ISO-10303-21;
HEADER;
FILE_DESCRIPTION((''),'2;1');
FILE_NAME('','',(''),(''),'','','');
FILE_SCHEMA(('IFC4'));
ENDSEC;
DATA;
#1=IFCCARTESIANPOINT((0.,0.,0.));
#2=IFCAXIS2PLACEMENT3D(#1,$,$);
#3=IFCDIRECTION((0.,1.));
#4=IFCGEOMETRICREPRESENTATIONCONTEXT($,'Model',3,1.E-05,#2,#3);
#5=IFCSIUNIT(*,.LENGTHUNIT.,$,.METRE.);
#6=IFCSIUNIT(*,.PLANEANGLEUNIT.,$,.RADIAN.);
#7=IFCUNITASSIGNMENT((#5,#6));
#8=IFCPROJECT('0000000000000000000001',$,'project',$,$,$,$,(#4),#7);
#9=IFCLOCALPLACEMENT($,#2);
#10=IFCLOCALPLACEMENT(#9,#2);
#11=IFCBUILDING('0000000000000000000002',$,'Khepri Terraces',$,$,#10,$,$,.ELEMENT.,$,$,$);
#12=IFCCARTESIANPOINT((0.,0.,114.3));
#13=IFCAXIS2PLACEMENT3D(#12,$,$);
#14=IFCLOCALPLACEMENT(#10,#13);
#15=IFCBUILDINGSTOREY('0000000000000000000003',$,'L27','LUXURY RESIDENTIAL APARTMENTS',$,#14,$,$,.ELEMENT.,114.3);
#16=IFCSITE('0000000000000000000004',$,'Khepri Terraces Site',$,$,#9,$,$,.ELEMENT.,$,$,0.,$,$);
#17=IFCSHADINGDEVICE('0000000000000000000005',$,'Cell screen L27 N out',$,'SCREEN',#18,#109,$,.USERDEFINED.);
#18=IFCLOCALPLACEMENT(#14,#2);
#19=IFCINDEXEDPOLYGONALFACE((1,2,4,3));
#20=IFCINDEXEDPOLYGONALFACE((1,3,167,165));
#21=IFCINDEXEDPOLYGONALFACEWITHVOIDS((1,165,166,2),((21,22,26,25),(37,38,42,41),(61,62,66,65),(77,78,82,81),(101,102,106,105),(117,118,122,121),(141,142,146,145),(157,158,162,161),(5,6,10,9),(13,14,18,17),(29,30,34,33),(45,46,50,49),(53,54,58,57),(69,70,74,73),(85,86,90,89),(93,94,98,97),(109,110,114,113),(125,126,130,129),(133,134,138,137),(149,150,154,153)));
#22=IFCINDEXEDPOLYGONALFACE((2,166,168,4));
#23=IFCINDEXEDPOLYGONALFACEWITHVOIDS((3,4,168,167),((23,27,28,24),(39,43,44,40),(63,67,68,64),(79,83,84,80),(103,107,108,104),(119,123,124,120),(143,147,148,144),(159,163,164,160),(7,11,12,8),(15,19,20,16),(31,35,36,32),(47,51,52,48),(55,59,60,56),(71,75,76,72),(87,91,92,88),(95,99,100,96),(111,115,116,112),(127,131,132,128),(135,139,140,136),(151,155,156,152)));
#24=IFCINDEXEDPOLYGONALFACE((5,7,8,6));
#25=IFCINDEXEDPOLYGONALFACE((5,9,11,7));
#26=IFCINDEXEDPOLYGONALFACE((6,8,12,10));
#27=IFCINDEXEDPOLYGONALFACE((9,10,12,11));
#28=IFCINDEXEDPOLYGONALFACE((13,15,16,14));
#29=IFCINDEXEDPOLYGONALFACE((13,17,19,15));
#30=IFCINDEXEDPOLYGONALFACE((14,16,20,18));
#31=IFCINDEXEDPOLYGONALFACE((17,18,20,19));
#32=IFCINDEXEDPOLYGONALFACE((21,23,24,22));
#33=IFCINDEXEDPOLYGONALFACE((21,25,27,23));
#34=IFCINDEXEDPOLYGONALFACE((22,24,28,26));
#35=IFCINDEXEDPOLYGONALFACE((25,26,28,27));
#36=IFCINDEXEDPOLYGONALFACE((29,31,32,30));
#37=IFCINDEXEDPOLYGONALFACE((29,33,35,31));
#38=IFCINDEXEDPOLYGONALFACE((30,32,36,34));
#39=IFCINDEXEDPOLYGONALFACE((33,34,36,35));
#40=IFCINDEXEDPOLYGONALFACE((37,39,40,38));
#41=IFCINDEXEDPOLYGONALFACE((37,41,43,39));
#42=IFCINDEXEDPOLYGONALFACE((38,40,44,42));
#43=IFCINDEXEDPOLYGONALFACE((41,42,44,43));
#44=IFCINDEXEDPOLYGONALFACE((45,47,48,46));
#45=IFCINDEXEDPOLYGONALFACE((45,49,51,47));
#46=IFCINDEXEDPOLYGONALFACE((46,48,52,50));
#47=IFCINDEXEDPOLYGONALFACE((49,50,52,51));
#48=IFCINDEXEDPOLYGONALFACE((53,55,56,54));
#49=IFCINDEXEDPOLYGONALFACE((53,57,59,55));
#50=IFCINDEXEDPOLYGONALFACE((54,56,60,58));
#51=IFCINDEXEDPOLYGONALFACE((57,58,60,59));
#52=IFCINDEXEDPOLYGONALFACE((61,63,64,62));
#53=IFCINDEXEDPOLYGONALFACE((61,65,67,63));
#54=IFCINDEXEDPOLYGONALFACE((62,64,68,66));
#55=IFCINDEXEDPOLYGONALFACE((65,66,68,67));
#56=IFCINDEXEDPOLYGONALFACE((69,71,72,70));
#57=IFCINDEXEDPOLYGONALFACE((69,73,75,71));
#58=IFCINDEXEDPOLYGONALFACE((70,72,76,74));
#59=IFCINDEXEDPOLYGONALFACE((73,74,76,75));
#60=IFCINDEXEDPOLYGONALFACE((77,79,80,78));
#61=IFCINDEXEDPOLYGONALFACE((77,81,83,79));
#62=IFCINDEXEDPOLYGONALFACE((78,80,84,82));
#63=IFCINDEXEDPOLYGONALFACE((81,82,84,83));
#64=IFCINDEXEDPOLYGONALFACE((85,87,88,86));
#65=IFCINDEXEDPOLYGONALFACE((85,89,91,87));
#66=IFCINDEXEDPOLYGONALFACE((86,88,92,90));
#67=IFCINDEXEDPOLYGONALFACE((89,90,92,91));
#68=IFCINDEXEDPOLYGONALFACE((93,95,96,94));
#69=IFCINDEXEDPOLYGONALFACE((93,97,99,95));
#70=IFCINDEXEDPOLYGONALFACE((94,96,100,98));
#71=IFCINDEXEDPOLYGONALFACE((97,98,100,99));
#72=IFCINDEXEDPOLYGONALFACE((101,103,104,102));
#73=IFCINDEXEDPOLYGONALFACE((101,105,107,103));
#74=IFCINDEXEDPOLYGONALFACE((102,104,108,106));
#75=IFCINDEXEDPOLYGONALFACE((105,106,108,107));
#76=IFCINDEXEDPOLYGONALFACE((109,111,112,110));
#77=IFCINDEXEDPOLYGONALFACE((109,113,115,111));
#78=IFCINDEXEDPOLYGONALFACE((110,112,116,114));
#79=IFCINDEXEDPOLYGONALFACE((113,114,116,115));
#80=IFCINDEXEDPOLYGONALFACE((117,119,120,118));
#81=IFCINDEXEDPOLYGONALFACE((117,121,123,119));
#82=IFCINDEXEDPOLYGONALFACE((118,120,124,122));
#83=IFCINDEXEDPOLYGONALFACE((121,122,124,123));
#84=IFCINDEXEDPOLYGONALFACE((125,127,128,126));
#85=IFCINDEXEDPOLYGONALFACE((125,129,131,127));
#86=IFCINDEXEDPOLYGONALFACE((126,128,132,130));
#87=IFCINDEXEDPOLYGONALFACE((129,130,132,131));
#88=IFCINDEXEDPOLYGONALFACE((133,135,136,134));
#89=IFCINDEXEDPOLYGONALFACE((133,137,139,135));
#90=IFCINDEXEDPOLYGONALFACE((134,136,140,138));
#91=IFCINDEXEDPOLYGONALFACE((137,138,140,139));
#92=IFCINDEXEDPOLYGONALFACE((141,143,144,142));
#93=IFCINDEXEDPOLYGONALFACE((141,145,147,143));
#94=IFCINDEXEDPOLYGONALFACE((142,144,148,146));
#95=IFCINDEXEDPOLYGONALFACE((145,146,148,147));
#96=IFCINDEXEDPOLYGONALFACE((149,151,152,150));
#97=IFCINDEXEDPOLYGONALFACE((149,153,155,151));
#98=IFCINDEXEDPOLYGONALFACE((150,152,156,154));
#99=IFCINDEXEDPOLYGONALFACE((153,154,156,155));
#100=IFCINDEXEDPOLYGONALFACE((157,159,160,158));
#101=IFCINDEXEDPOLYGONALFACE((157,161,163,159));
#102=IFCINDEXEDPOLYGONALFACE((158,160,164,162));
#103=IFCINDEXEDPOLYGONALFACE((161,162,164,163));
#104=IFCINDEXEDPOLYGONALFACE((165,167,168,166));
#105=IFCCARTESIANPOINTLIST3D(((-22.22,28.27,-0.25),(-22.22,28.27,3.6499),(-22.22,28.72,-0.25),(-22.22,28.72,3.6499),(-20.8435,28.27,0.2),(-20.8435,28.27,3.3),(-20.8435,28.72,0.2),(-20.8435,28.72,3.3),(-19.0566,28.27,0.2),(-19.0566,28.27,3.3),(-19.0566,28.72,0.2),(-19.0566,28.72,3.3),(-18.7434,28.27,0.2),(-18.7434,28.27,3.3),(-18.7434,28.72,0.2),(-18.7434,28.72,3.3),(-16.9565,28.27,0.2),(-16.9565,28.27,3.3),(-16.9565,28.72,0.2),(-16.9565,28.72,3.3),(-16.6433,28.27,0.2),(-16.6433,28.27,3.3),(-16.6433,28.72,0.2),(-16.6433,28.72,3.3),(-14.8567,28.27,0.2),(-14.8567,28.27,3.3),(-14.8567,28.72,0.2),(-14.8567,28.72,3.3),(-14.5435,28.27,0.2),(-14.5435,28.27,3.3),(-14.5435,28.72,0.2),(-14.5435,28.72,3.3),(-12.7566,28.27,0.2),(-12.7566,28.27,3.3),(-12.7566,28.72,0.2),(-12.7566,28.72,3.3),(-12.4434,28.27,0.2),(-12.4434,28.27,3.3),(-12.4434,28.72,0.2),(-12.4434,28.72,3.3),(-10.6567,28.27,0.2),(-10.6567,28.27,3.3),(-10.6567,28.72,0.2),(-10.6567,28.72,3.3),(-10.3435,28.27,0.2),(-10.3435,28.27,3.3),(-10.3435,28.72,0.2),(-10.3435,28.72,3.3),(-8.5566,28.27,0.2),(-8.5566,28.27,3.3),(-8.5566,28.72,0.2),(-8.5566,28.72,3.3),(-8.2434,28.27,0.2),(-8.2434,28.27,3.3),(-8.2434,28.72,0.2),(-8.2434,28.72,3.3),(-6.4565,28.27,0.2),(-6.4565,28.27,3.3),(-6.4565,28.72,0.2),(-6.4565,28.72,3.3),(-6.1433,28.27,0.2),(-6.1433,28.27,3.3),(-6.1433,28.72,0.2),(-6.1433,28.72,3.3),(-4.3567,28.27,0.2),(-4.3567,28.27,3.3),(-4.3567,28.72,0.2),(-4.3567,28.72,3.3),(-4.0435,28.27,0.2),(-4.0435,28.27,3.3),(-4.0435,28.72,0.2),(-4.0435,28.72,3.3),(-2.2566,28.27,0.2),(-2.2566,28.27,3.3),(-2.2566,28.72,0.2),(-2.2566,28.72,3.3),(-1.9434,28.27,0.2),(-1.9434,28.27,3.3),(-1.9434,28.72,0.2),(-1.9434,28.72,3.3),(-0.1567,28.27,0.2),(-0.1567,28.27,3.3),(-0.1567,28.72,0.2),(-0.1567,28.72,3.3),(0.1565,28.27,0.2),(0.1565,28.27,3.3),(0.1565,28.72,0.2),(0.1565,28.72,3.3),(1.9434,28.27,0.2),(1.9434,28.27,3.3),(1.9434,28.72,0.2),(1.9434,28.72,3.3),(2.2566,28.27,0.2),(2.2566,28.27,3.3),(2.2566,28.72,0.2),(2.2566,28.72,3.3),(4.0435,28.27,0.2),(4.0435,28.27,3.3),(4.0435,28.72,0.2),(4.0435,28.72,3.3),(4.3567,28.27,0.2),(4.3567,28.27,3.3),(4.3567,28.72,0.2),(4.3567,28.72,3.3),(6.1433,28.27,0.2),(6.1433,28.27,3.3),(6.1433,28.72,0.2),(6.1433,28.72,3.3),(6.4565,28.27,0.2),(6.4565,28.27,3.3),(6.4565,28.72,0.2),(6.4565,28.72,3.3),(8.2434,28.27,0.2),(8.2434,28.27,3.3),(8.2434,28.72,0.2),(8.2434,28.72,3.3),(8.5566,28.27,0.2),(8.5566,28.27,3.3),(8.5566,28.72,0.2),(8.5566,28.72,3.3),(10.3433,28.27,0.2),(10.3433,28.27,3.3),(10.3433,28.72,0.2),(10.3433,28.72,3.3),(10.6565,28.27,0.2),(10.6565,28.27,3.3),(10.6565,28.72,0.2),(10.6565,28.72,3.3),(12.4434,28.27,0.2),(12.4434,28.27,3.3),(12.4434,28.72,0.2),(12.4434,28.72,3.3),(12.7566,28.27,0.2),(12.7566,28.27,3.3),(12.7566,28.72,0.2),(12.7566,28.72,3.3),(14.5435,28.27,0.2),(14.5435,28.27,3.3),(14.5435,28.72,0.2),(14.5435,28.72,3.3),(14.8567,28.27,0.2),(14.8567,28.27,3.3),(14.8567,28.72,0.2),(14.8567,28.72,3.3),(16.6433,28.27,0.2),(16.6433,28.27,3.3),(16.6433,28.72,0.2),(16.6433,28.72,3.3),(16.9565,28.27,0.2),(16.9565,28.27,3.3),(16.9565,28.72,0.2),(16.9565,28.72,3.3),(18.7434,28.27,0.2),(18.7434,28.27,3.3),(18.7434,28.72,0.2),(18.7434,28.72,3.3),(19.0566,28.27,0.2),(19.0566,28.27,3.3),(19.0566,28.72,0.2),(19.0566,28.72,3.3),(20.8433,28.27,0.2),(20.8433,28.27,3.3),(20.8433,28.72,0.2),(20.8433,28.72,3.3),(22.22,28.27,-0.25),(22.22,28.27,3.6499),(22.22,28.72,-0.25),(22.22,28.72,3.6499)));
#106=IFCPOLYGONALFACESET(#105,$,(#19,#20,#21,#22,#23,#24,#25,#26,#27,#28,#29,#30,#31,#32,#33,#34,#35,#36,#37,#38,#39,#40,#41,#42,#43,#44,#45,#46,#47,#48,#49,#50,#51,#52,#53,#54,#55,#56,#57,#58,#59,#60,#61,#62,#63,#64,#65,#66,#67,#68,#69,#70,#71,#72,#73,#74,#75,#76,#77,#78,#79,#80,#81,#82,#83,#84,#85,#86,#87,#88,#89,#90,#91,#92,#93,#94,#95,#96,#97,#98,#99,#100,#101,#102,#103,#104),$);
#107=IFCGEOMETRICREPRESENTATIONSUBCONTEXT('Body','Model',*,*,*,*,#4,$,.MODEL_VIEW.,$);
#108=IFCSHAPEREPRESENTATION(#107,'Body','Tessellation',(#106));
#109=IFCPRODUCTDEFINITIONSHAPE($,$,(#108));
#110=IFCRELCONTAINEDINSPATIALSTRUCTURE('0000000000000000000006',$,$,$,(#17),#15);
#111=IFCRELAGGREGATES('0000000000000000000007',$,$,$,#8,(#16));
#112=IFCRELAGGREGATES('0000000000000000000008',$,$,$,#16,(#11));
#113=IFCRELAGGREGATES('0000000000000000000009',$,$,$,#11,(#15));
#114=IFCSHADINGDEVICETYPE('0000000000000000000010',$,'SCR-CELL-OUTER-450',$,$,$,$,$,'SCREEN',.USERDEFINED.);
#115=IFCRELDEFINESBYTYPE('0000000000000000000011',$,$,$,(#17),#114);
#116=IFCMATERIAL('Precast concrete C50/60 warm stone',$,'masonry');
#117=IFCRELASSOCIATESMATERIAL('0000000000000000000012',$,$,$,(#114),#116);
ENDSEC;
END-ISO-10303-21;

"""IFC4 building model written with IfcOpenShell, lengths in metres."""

from ifc_helpers import new_model, si_unit, direction, frame, origin, place, context, subcontext, project, spatial, polyline, outline, extrude, material, type_object, element, save


model = new_model("IFC4")

# Units and contexts
model_context = context("Model", 3, precision=1e-05, world=origin(), true_north=direction((0.0, 1.0)))
body_context = subcontext(model_context, "Body", "Model", "MODEL_VIEW")
ifc_project = project(units=[si_unit("LENGTHUNIT", "METRE"), si_unit("PLANEANGLEUNIT", "RADIAN")], contexts=[model_context])

# Site, building, storey
site_placement = place(None, origin())
site = spatial("IfcSite", under=ifc_project, at=site_placement, Name="Khepri Terraces Site", CompositionType="ELEMENT", RefElevation=0.0)
building_placement = place(site_placement, origin())
building = spatial("IfcBuilding", under=site, at=building_placement, Name="Khepri Terraces", CompositionType="ELEMENT")
storey_placement = place(building_placement, frame((0.0, 0.0, 114.3)))
storey = spatial("IfcBuildingStorey", under=building, at=storey_placement, Name="L27", Description="LUXURY RESIDENTIAL APARTMENTS", CompositionType="ELEMENT", Elevation=114.3)

# Shared definitions
ifc_material_1 = material(Name="Precast concrete C50/60 warm stone", Category="masonry")

# Shading device
shading_device_type_1 = type_object("IfcShadingDeviceType", Name="SCR-CELL-OUTER-450", ElementType="SCREEN", PredefinedType="USERDEFINED", material=ifc_material_1)
shading_device_1_placement = place(storey_placement, frame((22.22, 28.27, -0.25), z_axis=(0.0, 1.0, 0.0), x_axis=(-1.0, 0.0, 0.0)))
element("IfcShadingDevice", 1, at=shading_device_1_placement, inside=storey, type_object=shading_device_type_1, Name="Cell screen L27 N out", ObjectType="SCREEN", PredefinedType="USERDEFINED", context=body_context, shape_type="SweptSolid", body=[
    extrude(outline(polyline([(0.0, 0.0), (44.4399, 0.0), (44.4399, 3.8999), (0.0, 3.8999), (0.0, 0.0)]), holes=[polyline([(1.3767, 0.45), (3.1633, 0.45), (3.1633, 3.55), (1.3767, 3.55), (1.3767, 0.45)]), polyline([(3.4766, 0.45), (5.2634, 0.45), (5.2634, 3.55), (3.4766, 3.55), (3.4766, 0.45)]), polyline([(5.5767, 0.45), (7.3633, 0.45), (7.3633, 3.55), (5.5767, 3.55), (5.5767, 0.45)]), polyline([(7.6765, 0.45), (9.4634, 0.45), (9.4634, 3.55), (7.6765, 3.55), (7.6765, 0.45)]), polyline([(9.7766, 0.45), (11.5635, 0.45), (11.5635, 3.55), (9.7766, 3.55), (9.7766, 0.45)]), polyline([(11.8767, 0.45), (13.6633, 0.45), (13.6633, 3.55), (11.8767, 3.55), (11.8767, 0.45)]), polyline([(13.9766, 0.45), (15.7634, 0.45), (15.7634, 3.55), (13.9766, 3.55), (13.9766, 0.45)]), polyline([(16.0767, 0.45), (17.8633, 0.45), (17.8633, 3.55), (16.0767, 3.55), (16.0767, 0.45)]), polyline([(18.1765, 0.45), (19.9634, 0.45), (19.9634, 3.55), (18.1765, 3.55), (18.1765, 0.45)]), polyline([(20.2766, 0.45), (22.0635, 0.45), (22.0635, 3.55), (20.2766, 3.55), (20.2766, 0.45)]), polyline([(22.3767, 0.45), (24.1633, 0.45), (24.1633, 3.55), (22.3767, 3.55), (22.3767, 0.45)]), polyline([(24.4766, 0.45), (26.2634, 0.45), (26.2634, 3.55), (24.4766, 3.55), (24.4766, 0.45)]), polyline([(26.5767, 0.45), (28.3633, 0.45), (28.3633, 3.55), (26.5767, 3.55), (26.5767, 0.45)]), polyline([(28.6765, 0.45), (30.4634, 0.45), (30.4634, 3.55), (28.6765, 3.55), (28.6765, 0.45)]), polyline([(30.7766, 0.45), (32.5635, 0.45), (32.5635, 3.55), (30.7766, 3.55), (30.7766, 0.45)]), polyline([(32.8767, 0.45), (34.6633, 0.45), (34.6633, 3.55), (32.8767, 3.55), (32.8767, 0.45)]), polyline([(34.9766, 0.45), (36.7634, 0.45), (36.7634, 3.55), (34.9766, 3.55), (34.9766, 0.45)]), polyline([(37.0767, 0.45), (38.8633, 0.45), (38.8633, 3.55), (37.0767, 3.55), (37.0767, 0.45)]), polyline([(39.1765, 0.45), (40.9634, 0.45), (40.9634, 3.55), (39.1765, 3.55), (39.1765, 0.45)]), polyline([(41.2766, 0.45), (43.0635, 0.45), (43.0635, 3.55), (41.2766, 3.55), (41.2766, 0.45)])]), origin(), (0.0, 0.0, 1.0), 0.45),
])

save(model, "model.ifc")
